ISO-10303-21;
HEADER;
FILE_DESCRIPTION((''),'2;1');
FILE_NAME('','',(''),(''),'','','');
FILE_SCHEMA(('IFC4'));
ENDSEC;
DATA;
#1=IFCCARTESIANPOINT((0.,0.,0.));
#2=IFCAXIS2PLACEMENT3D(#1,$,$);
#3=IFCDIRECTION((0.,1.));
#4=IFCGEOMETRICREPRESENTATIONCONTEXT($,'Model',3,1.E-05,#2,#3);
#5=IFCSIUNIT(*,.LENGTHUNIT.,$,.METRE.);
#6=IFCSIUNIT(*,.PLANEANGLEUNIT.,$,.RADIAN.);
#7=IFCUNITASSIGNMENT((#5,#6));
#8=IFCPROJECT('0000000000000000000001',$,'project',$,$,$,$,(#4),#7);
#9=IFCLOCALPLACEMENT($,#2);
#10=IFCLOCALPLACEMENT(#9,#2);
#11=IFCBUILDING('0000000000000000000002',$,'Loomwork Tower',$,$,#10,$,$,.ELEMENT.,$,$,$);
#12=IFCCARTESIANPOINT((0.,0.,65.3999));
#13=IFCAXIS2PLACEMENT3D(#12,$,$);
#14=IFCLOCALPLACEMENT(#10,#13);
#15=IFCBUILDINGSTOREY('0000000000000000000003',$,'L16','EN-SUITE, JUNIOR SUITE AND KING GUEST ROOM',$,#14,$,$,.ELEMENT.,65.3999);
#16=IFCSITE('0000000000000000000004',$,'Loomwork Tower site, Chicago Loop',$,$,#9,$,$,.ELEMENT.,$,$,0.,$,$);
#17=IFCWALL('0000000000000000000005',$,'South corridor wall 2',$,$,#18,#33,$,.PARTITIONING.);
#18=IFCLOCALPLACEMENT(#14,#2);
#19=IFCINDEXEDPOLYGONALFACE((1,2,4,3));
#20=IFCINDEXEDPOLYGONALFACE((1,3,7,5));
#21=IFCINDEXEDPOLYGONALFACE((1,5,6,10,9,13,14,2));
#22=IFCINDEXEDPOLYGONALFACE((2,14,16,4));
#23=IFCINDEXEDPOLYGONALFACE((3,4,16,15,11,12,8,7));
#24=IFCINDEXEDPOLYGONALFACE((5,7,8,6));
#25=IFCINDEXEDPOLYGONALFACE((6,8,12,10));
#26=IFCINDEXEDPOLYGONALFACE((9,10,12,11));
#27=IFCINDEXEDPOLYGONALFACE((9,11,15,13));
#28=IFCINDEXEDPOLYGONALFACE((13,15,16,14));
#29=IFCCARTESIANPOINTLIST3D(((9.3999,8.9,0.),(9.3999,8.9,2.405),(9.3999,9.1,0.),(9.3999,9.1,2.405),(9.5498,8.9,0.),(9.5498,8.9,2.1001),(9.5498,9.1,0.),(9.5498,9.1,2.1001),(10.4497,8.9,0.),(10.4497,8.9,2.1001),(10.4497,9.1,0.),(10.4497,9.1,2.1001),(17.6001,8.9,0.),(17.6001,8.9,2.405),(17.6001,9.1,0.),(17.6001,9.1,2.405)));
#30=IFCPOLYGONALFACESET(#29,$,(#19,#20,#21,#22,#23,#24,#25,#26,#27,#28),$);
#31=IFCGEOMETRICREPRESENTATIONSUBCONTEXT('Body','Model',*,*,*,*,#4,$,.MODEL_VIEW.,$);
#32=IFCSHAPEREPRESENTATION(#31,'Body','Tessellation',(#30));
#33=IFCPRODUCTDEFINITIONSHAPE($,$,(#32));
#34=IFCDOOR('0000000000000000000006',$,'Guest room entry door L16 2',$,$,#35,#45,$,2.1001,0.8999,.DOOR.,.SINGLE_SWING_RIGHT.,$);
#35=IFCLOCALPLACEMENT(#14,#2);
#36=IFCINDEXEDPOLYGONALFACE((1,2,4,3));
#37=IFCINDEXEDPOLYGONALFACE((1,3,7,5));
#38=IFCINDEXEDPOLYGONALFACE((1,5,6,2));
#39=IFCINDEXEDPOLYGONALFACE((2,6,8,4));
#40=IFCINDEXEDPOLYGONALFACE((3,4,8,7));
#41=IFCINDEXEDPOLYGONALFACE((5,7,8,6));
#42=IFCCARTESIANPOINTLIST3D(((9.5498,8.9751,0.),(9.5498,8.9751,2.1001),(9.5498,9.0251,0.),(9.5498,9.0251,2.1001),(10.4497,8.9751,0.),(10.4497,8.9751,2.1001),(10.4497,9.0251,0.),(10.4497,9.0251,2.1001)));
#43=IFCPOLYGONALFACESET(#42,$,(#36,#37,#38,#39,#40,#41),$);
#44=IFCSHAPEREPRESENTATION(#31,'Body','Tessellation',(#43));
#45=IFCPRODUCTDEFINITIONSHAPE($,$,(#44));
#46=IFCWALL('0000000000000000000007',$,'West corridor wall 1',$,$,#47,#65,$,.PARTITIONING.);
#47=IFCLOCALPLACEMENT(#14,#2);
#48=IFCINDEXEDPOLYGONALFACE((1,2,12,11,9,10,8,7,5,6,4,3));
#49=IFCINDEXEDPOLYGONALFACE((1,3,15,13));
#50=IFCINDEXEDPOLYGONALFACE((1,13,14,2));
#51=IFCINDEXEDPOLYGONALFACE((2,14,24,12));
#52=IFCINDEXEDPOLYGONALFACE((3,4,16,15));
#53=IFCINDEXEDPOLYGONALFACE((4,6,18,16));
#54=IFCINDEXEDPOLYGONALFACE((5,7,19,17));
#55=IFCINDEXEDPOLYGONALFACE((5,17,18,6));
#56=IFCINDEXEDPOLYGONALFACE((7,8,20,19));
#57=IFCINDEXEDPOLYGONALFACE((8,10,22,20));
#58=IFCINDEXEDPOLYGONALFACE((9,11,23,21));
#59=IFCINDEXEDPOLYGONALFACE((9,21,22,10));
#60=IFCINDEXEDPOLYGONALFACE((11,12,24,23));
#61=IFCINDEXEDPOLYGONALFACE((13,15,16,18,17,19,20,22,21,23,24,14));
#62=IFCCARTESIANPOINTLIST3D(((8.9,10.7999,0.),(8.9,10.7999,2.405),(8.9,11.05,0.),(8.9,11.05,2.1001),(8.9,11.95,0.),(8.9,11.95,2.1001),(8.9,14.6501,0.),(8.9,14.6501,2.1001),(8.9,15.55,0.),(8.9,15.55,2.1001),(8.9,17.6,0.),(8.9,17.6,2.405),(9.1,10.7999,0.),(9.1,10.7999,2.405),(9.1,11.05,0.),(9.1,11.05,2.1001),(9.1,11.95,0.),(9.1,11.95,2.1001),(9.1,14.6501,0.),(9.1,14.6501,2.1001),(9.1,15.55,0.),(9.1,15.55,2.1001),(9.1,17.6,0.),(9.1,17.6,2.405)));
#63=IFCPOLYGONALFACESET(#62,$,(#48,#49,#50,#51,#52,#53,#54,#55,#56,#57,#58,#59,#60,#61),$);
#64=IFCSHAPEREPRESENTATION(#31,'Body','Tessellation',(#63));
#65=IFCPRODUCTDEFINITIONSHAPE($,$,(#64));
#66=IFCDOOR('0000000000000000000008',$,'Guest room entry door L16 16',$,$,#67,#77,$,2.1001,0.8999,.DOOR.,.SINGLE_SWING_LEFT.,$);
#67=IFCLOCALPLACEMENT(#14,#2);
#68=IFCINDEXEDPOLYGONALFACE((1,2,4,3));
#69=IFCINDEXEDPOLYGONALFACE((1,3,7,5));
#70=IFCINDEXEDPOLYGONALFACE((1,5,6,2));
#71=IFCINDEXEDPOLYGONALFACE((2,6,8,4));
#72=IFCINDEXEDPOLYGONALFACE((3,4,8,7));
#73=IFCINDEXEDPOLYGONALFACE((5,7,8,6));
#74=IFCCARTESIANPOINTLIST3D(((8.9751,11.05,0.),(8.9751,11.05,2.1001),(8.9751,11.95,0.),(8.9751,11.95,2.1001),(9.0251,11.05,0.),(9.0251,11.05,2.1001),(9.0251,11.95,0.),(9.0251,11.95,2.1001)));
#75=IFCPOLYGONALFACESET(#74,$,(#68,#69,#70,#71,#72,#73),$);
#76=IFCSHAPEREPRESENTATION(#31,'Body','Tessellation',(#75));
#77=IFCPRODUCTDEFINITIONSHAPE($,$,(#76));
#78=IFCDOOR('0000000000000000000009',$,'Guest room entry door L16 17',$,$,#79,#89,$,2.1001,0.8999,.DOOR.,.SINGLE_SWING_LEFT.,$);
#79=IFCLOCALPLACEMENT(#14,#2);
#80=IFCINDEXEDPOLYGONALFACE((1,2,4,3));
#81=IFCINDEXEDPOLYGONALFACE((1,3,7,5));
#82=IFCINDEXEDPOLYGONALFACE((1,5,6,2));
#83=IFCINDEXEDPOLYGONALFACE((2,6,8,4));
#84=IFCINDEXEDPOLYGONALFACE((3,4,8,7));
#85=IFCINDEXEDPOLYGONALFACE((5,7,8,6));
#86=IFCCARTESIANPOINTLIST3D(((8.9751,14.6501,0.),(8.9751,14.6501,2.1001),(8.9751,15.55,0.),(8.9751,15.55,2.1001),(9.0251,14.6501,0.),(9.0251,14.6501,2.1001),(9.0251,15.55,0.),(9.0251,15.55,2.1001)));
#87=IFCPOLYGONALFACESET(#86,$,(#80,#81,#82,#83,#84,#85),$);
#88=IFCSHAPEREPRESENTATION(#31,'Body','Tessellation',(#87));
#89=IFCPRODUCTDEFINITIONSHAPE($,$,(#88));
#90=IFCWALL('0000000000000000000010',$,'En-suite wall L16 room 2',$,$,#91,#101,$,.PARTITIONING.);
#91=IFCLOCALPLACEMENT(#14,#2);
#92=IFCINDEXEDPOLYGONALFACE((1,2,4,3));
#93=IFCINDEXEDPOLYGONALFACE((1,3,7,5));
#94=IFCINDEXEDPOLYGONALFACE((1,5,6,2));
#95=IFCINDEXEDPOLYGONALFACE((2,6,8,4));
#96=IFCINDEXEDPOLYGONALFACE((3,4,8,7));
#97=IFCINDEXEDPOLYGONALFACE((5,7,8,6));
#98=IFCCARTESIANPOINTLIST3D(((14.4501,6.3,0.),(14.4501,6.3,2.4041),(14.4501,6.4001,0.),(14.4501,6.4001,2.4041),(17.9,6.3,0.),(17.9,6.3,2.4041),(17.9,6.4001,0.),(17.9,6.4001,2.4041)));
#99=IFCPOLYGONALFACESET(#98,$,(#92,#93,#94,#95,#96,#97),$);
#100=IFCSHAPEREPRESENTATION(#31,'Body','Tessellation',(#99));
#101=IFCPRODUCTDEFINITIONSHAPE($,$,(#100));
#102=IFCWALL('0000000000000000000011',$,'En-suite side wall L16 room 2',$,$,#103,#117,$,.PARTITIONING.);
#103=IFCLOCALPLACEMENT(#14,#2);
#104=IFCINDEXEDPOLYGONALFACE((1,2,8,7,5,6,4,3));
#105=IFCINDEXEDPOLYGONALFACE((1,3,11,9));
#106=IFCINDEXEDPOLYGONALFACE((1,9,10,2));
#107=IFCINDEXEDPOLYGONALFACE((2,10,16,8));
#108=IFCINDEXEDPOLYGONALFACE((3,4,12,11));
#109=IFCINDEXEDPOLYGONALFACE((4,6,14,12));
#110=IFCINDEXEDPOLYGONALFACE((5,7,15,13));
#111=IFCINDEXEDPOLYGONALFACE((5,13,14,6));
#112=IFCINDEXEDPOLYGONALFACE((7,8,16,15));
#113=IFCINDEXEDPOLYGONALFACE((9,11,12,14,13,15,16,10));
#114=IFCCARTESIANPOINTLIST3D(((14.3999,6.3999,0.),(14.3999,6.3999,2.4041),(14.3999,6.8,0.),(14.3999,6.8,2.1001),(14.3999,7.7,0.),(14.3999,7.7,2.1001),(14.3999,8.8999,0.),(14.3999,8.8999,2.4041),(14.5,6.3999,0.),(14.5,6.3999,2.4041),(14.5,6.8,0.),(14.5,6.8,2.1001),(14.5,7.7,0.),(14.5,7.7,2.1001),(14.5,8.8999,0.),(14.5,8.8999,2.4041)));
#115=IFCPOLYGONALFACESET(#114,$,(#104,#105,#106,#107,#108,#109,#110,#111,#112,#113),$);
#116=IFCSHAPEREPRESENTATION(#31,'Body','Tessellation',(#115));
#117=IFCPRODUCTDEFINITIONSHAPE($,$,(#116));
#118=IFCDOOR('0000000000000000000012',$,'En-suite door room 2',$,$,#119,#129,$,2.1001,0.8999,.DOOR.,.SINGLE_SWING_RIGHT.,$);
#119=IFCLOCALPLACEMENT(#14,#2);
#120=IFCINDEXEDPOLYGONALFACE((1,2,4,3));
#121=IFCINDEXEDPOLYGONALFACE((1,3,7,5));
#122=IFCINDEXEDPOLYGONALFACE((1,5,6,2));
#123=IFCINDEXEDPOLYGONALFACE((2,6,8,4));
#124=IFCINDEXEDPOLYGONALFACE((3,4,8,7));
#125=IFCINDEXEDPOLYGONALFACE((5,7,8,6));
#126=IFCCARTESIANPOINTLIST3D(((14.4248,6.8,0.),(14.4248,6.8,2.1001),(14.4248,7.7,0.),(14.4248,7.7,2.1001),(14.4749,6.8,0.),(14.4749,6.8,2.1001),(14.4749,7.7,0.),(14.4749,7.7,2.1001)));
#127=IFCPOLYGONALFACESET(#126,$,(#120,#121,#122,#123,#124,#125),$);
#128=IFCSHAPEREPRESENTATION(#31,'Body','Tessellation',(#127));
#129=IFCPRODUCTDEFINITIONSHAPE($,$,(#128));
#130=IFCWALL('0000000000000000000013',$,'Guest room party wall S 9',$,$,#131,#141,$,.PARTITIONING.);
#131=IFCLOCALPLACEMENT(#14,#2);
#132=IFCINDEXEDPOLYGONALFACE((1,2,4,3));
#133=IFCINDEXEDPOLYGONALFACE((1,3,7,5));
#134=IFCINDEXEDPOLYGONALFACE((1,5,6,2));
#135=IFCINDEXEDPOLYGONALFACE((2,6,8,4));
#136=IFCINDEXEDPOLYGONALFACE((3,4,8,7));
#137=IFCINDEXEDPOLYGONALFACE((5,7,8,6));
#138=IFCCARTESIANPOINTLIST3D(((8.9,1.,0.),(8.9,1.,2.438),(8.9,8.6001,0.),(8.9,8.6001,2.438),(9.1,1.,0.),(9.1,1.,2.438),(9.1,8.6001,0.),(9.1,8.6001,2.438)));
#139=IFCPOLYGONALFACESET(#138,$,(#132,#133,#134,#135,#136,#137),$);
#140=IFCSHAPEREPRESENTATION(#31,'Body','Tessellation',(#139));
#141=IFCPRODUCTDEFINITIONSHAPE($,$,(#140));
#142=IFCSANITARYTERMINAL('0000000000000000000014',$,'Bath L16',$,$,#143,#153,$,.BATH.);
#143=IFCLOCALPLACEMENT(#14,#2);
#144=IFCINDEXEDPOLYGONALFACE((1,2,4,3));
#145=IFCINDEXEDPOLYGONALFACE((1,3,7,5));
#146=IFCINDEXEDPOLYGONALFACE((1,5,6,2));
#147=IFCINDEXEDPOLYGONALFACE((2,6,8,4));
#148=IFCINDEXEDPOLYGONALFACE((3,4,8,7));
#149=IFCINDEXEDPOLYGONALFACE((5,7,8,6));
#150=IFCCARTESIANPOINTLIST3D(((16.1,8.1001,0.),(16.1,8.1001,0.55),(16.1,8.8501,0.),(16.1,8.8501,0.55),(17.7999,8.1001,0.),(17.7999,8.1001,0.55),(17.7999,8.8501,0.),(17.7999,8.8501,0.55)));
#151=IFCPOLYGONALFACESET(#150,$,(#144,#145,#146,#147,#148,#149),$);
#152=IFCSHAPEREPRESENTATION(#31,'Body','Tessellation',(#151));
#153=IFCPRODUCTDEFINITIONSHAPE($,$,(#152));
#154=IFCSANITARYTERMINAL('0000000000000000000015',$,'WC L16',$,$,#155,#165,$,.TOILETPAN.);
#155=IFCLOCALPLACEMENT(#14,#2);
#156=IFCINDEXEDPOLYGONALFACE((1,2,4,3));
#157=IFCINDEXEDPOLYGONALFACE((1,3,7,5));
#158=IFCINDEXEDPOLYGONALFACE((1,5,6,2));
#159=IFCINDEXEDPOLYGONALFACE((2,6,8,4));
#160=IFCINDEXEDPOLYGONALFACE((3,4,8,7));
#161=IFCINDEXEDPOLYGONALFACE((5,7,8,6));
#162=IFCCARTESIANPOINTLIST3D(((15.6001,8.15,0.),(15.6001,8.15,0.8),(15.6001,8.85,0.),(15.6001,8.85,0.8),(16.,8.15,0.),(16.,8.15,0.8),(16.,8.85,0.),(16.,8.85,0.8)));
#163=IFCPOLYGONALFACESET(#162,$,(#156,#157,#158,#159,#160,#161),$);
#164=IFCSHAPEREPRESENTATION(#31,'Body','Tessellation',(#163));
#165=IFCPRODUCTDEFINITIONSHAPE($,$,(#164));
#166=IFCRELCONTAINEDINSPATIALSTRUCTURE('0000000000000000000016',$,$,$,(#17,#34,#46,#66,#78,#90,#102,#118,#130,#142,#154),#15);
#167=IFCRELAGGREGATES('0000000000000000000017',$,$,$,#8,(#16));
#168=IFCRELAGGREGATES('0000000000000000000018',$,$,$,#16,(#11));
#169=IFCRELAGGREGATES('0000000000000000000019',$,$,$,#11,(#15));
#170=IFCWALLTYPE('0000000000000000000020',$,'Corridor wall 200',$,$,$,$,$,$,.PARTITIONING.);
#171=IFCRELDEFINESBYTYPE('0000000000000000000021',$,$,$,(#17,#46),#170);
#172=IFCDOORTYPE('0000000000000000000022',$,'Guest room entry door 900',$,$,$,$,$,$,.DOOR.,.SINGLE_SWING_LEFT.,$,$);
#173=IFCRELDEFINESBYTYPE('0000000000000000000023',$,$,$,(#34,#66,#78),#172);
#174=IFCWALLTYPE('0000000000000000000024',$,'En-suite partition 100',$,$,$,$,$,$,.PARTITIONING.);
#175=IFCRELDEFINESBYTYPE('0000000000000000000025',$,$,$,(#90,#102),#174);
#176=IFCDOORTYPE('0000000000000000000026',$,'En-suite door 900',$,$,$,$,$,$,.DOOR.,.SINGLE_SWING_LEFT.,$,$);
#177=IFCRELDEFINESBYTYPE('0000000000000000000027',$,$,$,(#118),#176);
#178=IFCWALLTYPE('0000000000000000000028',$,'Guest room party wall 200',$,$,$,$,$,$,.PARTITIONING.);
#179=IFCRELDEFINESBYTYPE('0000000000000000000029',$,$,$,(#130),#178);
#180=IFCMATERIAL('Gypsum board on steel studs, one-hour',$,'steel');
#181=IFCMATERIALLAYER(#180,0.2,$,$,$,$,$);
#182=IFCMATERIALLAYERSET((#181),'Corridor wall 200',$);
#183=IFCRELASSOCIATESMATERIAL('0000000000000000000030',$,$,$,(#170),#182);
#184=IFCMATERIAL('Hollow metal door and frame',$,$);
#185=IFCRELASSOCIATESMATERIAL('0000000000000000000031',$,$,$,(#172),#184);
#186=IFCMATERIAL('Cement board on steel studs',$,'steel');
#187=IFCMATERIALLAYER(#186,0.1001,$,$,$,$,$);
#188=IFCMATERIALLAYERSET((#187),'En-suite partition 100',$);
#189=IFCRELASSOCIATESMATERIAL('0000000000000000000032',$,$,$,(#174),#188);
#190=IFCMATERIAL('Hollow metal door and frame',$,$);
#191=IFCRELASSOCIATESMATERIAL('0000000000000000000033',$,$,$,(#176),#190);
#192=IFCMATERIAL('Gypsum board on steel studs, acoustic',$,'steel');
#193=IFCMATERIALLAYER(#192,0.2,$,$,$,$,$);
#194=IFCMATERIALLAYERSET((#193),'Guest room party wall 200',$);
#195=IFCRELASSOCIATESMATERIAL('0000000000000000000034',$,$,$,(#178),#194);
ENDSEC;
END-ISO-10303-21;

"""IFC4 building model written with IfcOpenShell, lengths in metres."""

from ifc_helpers import new_model, si_unit, direction, frame, frame_2d, origin, origin_2d, place, context, subcontext, project, spatial, rectangle, extrude, material, layer, layer_set, type_object, element, fill, save


model = new_model("IFC4")

# Units and contexts
model_context = context("Model", 3, precision=1e-05, world=origin(), true_north=direction((0.0, 1.0)))
body_context = subcontext(model_context, "Body", "Model", "MODEL_VIEW")
ifc_project = project(units=[si_unit("LENGTHUNIT", "METRE"), si_unit("PLANEANGLEUNIT", "RADIAN")], contexts=[model_context])

# Site, building, storey
site_placement = place(None, origin())
site = spatial("IfcSite", under=ifc_project, at=site_placement, Name="Loomwork Tower site, Chicago Loop", CompositionType="ELEMENT", RefElevation=0.0)
building_placement = place(site_placement, origin())
building = spatial("IfcBuilding", under=site, at=building_placement, Name="Loomwork Tower", CompositionType="ELEMENT")
storey_placement = place(building_placement, frame((0.0, 0.0, 65.3999)))
storey = spatial("IfcBuildingStorey", under=building, at=storey_placement, Name="L16", Description="EN-SUITE, JUNIOR SUITE AND KING GUEST ROOM", CompositionType="ELEMENT", Elevation=65.3999)

# Wall, opening, door
ifc_material_1 = material(Name="Gypsum board on steel studs, one-hour", Category="steel")
ifc_layer_1 = layer(ifc_material_1, 0.2)
ifc_layer_set_1 = layer_set([ifc_layer_1], Name="Corridor wall 200")
wall_type_1 = type_object("IfcWallType", Name="Corridor wall 200", PredefinedType="PARTITIONING", material=ifc_layer_set_1)
wall_1_placement = place(storey_placement, frame((9.3999, 9.0, 0.0), z_axis=(0.0, 0.0, 1.0), x_axis=(1.0, 0.0, 0.0)))
wall_1 = element("IfcWall", 1, at=wall_1_placement, inside=storey, type_object=wall_type_1, Name="South corridor wall 2", PredefinedType="PARTITIONING", context=body_context, shape_type="SweptSolid", body=[
    extrude(rectangle(XDim=8.2002, YDim=0.2, at=frame_2d((4.1001, 0.0))), origin(), (0.0, 0.0, 1.0), 2.405),
])
opening_1_placement = place(wall_1_placement, frame((0.1499, 0.0, 0.0)))
opening_1 = element("IfcOpeningElement", 2, at=opening_1_placement, cuts=wall_1, PredefinedType="OPENING", context=body_context, shape_type="SweptSolid", body=[
    extrude(rectangle(XDim=0.8999, YDim=2.1001, at=frame_2d((0.45, 1.05))), frame((0.0, 0.1099, 0.0), z_axis=(0.0, -1.0, 0.0), x_axis=(1.0, 0.0, 0.0)), (0.0, 0.0, 1.0), 0.22),
])
ifc_material_2 = material(Name="Hollow metal door and frame")
door_type_1 = type_object("IfcDoorType", Name="Guest room entry door 900", OperationType="SINGLE_SWING_LEFT", PredefinedType="DOOR", material=ifc_material_2)
door_1_placement = place(opening_1_placement, frame((0.8999, 0.0, 0.0), z_axis=(0.0, 0.0, 1.0), x_axis=(-1.0, 0.0, 0.0)))
door_1 = element("IfcDoor", 3, at=door_1_placement, inside=storey, type_object=door_type_1, Name="Guest room entry door L16 2", OperationType="SINGLE_SWING_RIGHT", OverallHeight=2.1001, OverallWidth=0.8999, PredefinedType="DOOR", context=body_context, shape_type="SweptSolid", body=[
    extrude(rectangle(XDim=0.8999, YDim=2.1001, at=frame_2d((0.45, 1.05))), frame((0.0, 0.0249, 0.0), z_axis=(0.0, -1.0, 0.0), x_axis=(1.0, 0.0, 0.0)), (0.0, 0.0, 1.0), 0.05),
])
fill(opening_1, door_1)

# Wall, openings, doors
wall_2_placement = place(storey_placement, frame((9.0, 10.8, 0.0), z_axis=(0.0, 0.0, 1.0), x_axis=(0.0, 1.0, 0.0)))
wall_2 = element("IfcWall", 4, at=wall_2_placement, inside=storey, type_object=wall_type_1, Name="West corridor wall 1", PredefinedType="PARTITIONING", context=body_context, shape_type="SweptSolid", body=[
    extrude(rectangle(XDim=6.8, YDim=0.2, at=frame_2d((3.3999, 0.0))), origin(), (0.0, 0.0, 1.0), 2.405),
])
opening_2_placement = place(wall_2_placement, frame((0.25, 0.0, 0.0)))
opening_2 = element("IfcOpeningElement", 5, at=opening_2_placement, cuts=wall_2, PredefinedType="OPENING", context=body_context, shape_type="SweptSolid", body=[
    extrude(rectangle(XDim=0.8999, YDim=2.1001, at=frame_2d((0.45, 1.05))), frame((0.0, 0.1099, 0.0), z_axis=(0.0, -1.0, 0.0), x_axis=(1.0, 0.0, 0.0)), (0.0, 0.0, 1.0), 0.22),
])
opening_3_placement = place(wall_2_placement, frame((3.8501, 0.0, 0.0)))
opening_3 = element("IfcOpeningElement", 6, at=opening_3_placement, cuts=wall_2, PredefinedType="OPENING", context=body_context, shape_type="SweptSolid", body=[
    extrude(rectangle(XDim=0.8999, YDim=2.1001, at=frame_2d((0.45, 1.05))), frame((0.0, 0.1099, 0.0), z_axis=(0.0, -1.0, 0.0), x_axis=(1.0, 0.0, 0.0)), (0.0, 0.0, 1.0), 0.22),
])
door_2_placement = place(opening_2_placement, origin())
door_2 = element("IfcDoor", 7, at=door_2_placement, inside=storey, type_object=door_type_1, Name="Guest room entry door L16 16", OperationType="SINGLE_SWING_LEFT", OverallHeight=2.1001, OverallWidth=0.8999, PredefinedType="DOOR", context=body_context, shape_type="SweptSolid", body=[
    extrude(rectangle(XDim=0.8999, YDim=2.1001, at=frame_2d((0.45, 1.05))), frame((0.0, 0.0249, 0.0), z_axis=(0.0, -1.0, 0.0), x_axis=(1.0, 0.0, 0.0)), (0.0, 0.0, 1.0), 0.05),
])
fill(opening_2, door_2)
door_3_placement = place(opening_3_placement, origin())
door_3 = element("IfcDoor", 8, at=door_3_placement, inside=storey, type_object=door_type_1, Name="Guest room entry door L16 17", OperationType="SINGLE_SWING_LEFT", OverallHeight=2.1001, OverallWidth=0.8999, PredefinedType="DOOR", context=body_context, shape_type="SweptSolid", body=[
    extrude(rectangle(XDim=0.8999, YDim=2.1001, at=frame_2d((0.45, 1.05))), frame((0.0, 0.0249, 0.0), z_axis=(0.0, -1.0, 0.0), x_axis=(1.0, 0.0, 0.0)), (0.0, 0.0, 1.0), 0.05),
])
fill(opening_3, door_3)

# Wall
ifc_material_3 = material(Name="Cement board on steel studs", Category="steel")
ifc_layer_2 = layer(ifc_material_3, 0.1001)
ifc_layer_set_2 = layer_set([ifc_layer_2], Name="En-suite partition 100")
wall_type_2 = type_object("IfcWallType", Name="En-suite partition 100", PredefinedType="PARTITIONING", material=ifc_layer_set_2)
wall_3_placement = place(storey_placement, frame((14.45, 6.3501, 0.0), z_axis=(0.0, 0.0, 1.0), x_axis=(1.0, 0.0, 0.0)))
element("IfcWall", 9, at=wall_3_placement, inside=storey, type_object=wall_type_2, Name="En-suite wall L16 room 2", PredefinedType="PARTITIONING", context=body_context, shape_type="SweptSolid", body=[
    extrude(rectangle(XDim=3.45, YDim=0.1001, at=frame_2d((1.7251, 0.0))), origin(), (0.0, 0.0, 1.0), 2.4041),
])

# Wall, opening, door
wall_4_placement = place(storey_placement, frame((14.45, 8.8999, 0.0), z_axis=(0.0, 0.0, 1.0), x_axis=(0.0, -1.0, 0.0)))
wall_4 = element("IfcWall", 10, at=wall_4_placement, inside=storey, type_object=wall_type_2, Name="En-suite side wall L16 room 2", PredefinedType="PARTITIONING", context=body_context, shape_type="SweptSolid", body=[
    extrude(rectangle(XDim=2.5, YDim=0.1001, at=frame_2d((1.25, 0.0))), origin(), (0.0, 0.0, 1.0), 2.4041),
])
opening_4_placement = place(wall_4_placement, frame((1.2, 0.0, 0.0)))
opening_4 = element("IfcOpeningElement", 11, at=opening_4_placement, cuts=wall_4, PredefinedType="OPENING", context=body_context, shape_type="SweptSolid", body=[
    extrude(rectangle(XDim=0.8999, YDim=2.1001, at=frame_2d((0.45, 1.05))), frame((0.0, 0.0601, 0.0), z_axis=(0.0, -1.0, 0.0), x_axis=(1.0, 0.0, 0.0)), (0.0, 0.0, 1.0), 0.1201),
])
ifc_material_4 = material(Name="Hollow metal door and frame")
door_type_2 = type_object("IfcDoorType", Name="En-suite door 900", OperationType="SINGLE_SWING_LEFT", PredefinedType="DOOR", material=ifc_material_4)
door_4_placement = place(opening_4_placement, origin())
door_4 = element("IfcDoor", 12, at=door_4_placement, inside=storey, type_object=door_type_2, Name="En-suite door room 2", OperationType="SINGLE_SWING_RIGHT", OverallHeight=2.1001, OverallWidth=0.8999, PredefinedType="DOOR", context=body_context, shape_type="SweptSolid", body=[
    extrude(rectangle(XDim=0.8999, YDim=2.1001, at=frame_2d((0.45, 1.05))), frame((0.0, 0.0249, 0.0), z_axis=(0.0, -1.0, 0.0), x_axis=(1.0, 0.0, 0.0)), (0.0, 0.0, 1.0), 0.05),
])
fill(opening_4, door_4)

# Wall
ifc_material_5 = material(Name="Gypsum board on steel studs, acoustic", Category="steel")
ifc_layer_3 = layer(ifc_material_5, 0.2)
ifc_layer_set_3 = layer_set([ifc_layer_3], Name="Guest room party wall 200")
wall_type_3 = type_object("IfcWallType", Name="Guest room party wall 200", PredefinedType="PARTITIONING", material=ifc_layer_set_3)
wall_5_placement = place(storey_placement, frame((9.0, 8.6001, 0.0), z_axis=(0.0, 0.0, 1.0), x_axis=(0.0, -1.0, 0.0)))
element("IfcWall", 13, at=wall_5_placement, inside=storey, type_object=wall_type_3, Name="Guest room party wall S 9", PredefinedType="PARTITIONING", context=body_context, shape_type="SweptSolid", body=[
    extrude(rectangle(XDim=7.6001, YDim=0.2, at=frame_2d((3.8, 0.0))), origin(), (0.0, 0.0, 1.0), 2.438),
])

# Sanitary terminals
sanitary_terminal_1_placement = place(storey_placement, frame((16.95, 8.4751, 0.0), z_axis=(0.0, 0.0, 1.0), x_axis=(1.0, 0.0, 0.0)))
element("IfcSanitaryTerminal", 14, at=sanitary_terminal_1_placement, inside=storey, Name="Bath L16", PredefinedType="BATH", context=body_context, shape_type="SweptSolid", body=[
    extrude(rectangle(XDim=1.7, YDim=0.75, at=origin_2d()), origin(), (0.0, 0.0, 1.0), 0.55),
])
sanitary_terminal_2_placement = place(storey_placement, frame((15.8, 8.5, 0.0), z_axis=(0.0, 0.0, 1.0), x_axis=(1.0, 0.0, 0.0)))
element("IfcSanitaryTerminal", 15, at=sanitary_terminal_2_placement, inside=storey, Name="WC L16", PredefinedType="TOILETPAN", context=body_context, shape_type="SweptSolid", body=[
    extrude(rectangle(XDim=0.3999, YDim=0.7, at=origin_2d()), origin(), (0.0, 0.0, 1.0), 0.8),
])

save(model, "model.ifc")
